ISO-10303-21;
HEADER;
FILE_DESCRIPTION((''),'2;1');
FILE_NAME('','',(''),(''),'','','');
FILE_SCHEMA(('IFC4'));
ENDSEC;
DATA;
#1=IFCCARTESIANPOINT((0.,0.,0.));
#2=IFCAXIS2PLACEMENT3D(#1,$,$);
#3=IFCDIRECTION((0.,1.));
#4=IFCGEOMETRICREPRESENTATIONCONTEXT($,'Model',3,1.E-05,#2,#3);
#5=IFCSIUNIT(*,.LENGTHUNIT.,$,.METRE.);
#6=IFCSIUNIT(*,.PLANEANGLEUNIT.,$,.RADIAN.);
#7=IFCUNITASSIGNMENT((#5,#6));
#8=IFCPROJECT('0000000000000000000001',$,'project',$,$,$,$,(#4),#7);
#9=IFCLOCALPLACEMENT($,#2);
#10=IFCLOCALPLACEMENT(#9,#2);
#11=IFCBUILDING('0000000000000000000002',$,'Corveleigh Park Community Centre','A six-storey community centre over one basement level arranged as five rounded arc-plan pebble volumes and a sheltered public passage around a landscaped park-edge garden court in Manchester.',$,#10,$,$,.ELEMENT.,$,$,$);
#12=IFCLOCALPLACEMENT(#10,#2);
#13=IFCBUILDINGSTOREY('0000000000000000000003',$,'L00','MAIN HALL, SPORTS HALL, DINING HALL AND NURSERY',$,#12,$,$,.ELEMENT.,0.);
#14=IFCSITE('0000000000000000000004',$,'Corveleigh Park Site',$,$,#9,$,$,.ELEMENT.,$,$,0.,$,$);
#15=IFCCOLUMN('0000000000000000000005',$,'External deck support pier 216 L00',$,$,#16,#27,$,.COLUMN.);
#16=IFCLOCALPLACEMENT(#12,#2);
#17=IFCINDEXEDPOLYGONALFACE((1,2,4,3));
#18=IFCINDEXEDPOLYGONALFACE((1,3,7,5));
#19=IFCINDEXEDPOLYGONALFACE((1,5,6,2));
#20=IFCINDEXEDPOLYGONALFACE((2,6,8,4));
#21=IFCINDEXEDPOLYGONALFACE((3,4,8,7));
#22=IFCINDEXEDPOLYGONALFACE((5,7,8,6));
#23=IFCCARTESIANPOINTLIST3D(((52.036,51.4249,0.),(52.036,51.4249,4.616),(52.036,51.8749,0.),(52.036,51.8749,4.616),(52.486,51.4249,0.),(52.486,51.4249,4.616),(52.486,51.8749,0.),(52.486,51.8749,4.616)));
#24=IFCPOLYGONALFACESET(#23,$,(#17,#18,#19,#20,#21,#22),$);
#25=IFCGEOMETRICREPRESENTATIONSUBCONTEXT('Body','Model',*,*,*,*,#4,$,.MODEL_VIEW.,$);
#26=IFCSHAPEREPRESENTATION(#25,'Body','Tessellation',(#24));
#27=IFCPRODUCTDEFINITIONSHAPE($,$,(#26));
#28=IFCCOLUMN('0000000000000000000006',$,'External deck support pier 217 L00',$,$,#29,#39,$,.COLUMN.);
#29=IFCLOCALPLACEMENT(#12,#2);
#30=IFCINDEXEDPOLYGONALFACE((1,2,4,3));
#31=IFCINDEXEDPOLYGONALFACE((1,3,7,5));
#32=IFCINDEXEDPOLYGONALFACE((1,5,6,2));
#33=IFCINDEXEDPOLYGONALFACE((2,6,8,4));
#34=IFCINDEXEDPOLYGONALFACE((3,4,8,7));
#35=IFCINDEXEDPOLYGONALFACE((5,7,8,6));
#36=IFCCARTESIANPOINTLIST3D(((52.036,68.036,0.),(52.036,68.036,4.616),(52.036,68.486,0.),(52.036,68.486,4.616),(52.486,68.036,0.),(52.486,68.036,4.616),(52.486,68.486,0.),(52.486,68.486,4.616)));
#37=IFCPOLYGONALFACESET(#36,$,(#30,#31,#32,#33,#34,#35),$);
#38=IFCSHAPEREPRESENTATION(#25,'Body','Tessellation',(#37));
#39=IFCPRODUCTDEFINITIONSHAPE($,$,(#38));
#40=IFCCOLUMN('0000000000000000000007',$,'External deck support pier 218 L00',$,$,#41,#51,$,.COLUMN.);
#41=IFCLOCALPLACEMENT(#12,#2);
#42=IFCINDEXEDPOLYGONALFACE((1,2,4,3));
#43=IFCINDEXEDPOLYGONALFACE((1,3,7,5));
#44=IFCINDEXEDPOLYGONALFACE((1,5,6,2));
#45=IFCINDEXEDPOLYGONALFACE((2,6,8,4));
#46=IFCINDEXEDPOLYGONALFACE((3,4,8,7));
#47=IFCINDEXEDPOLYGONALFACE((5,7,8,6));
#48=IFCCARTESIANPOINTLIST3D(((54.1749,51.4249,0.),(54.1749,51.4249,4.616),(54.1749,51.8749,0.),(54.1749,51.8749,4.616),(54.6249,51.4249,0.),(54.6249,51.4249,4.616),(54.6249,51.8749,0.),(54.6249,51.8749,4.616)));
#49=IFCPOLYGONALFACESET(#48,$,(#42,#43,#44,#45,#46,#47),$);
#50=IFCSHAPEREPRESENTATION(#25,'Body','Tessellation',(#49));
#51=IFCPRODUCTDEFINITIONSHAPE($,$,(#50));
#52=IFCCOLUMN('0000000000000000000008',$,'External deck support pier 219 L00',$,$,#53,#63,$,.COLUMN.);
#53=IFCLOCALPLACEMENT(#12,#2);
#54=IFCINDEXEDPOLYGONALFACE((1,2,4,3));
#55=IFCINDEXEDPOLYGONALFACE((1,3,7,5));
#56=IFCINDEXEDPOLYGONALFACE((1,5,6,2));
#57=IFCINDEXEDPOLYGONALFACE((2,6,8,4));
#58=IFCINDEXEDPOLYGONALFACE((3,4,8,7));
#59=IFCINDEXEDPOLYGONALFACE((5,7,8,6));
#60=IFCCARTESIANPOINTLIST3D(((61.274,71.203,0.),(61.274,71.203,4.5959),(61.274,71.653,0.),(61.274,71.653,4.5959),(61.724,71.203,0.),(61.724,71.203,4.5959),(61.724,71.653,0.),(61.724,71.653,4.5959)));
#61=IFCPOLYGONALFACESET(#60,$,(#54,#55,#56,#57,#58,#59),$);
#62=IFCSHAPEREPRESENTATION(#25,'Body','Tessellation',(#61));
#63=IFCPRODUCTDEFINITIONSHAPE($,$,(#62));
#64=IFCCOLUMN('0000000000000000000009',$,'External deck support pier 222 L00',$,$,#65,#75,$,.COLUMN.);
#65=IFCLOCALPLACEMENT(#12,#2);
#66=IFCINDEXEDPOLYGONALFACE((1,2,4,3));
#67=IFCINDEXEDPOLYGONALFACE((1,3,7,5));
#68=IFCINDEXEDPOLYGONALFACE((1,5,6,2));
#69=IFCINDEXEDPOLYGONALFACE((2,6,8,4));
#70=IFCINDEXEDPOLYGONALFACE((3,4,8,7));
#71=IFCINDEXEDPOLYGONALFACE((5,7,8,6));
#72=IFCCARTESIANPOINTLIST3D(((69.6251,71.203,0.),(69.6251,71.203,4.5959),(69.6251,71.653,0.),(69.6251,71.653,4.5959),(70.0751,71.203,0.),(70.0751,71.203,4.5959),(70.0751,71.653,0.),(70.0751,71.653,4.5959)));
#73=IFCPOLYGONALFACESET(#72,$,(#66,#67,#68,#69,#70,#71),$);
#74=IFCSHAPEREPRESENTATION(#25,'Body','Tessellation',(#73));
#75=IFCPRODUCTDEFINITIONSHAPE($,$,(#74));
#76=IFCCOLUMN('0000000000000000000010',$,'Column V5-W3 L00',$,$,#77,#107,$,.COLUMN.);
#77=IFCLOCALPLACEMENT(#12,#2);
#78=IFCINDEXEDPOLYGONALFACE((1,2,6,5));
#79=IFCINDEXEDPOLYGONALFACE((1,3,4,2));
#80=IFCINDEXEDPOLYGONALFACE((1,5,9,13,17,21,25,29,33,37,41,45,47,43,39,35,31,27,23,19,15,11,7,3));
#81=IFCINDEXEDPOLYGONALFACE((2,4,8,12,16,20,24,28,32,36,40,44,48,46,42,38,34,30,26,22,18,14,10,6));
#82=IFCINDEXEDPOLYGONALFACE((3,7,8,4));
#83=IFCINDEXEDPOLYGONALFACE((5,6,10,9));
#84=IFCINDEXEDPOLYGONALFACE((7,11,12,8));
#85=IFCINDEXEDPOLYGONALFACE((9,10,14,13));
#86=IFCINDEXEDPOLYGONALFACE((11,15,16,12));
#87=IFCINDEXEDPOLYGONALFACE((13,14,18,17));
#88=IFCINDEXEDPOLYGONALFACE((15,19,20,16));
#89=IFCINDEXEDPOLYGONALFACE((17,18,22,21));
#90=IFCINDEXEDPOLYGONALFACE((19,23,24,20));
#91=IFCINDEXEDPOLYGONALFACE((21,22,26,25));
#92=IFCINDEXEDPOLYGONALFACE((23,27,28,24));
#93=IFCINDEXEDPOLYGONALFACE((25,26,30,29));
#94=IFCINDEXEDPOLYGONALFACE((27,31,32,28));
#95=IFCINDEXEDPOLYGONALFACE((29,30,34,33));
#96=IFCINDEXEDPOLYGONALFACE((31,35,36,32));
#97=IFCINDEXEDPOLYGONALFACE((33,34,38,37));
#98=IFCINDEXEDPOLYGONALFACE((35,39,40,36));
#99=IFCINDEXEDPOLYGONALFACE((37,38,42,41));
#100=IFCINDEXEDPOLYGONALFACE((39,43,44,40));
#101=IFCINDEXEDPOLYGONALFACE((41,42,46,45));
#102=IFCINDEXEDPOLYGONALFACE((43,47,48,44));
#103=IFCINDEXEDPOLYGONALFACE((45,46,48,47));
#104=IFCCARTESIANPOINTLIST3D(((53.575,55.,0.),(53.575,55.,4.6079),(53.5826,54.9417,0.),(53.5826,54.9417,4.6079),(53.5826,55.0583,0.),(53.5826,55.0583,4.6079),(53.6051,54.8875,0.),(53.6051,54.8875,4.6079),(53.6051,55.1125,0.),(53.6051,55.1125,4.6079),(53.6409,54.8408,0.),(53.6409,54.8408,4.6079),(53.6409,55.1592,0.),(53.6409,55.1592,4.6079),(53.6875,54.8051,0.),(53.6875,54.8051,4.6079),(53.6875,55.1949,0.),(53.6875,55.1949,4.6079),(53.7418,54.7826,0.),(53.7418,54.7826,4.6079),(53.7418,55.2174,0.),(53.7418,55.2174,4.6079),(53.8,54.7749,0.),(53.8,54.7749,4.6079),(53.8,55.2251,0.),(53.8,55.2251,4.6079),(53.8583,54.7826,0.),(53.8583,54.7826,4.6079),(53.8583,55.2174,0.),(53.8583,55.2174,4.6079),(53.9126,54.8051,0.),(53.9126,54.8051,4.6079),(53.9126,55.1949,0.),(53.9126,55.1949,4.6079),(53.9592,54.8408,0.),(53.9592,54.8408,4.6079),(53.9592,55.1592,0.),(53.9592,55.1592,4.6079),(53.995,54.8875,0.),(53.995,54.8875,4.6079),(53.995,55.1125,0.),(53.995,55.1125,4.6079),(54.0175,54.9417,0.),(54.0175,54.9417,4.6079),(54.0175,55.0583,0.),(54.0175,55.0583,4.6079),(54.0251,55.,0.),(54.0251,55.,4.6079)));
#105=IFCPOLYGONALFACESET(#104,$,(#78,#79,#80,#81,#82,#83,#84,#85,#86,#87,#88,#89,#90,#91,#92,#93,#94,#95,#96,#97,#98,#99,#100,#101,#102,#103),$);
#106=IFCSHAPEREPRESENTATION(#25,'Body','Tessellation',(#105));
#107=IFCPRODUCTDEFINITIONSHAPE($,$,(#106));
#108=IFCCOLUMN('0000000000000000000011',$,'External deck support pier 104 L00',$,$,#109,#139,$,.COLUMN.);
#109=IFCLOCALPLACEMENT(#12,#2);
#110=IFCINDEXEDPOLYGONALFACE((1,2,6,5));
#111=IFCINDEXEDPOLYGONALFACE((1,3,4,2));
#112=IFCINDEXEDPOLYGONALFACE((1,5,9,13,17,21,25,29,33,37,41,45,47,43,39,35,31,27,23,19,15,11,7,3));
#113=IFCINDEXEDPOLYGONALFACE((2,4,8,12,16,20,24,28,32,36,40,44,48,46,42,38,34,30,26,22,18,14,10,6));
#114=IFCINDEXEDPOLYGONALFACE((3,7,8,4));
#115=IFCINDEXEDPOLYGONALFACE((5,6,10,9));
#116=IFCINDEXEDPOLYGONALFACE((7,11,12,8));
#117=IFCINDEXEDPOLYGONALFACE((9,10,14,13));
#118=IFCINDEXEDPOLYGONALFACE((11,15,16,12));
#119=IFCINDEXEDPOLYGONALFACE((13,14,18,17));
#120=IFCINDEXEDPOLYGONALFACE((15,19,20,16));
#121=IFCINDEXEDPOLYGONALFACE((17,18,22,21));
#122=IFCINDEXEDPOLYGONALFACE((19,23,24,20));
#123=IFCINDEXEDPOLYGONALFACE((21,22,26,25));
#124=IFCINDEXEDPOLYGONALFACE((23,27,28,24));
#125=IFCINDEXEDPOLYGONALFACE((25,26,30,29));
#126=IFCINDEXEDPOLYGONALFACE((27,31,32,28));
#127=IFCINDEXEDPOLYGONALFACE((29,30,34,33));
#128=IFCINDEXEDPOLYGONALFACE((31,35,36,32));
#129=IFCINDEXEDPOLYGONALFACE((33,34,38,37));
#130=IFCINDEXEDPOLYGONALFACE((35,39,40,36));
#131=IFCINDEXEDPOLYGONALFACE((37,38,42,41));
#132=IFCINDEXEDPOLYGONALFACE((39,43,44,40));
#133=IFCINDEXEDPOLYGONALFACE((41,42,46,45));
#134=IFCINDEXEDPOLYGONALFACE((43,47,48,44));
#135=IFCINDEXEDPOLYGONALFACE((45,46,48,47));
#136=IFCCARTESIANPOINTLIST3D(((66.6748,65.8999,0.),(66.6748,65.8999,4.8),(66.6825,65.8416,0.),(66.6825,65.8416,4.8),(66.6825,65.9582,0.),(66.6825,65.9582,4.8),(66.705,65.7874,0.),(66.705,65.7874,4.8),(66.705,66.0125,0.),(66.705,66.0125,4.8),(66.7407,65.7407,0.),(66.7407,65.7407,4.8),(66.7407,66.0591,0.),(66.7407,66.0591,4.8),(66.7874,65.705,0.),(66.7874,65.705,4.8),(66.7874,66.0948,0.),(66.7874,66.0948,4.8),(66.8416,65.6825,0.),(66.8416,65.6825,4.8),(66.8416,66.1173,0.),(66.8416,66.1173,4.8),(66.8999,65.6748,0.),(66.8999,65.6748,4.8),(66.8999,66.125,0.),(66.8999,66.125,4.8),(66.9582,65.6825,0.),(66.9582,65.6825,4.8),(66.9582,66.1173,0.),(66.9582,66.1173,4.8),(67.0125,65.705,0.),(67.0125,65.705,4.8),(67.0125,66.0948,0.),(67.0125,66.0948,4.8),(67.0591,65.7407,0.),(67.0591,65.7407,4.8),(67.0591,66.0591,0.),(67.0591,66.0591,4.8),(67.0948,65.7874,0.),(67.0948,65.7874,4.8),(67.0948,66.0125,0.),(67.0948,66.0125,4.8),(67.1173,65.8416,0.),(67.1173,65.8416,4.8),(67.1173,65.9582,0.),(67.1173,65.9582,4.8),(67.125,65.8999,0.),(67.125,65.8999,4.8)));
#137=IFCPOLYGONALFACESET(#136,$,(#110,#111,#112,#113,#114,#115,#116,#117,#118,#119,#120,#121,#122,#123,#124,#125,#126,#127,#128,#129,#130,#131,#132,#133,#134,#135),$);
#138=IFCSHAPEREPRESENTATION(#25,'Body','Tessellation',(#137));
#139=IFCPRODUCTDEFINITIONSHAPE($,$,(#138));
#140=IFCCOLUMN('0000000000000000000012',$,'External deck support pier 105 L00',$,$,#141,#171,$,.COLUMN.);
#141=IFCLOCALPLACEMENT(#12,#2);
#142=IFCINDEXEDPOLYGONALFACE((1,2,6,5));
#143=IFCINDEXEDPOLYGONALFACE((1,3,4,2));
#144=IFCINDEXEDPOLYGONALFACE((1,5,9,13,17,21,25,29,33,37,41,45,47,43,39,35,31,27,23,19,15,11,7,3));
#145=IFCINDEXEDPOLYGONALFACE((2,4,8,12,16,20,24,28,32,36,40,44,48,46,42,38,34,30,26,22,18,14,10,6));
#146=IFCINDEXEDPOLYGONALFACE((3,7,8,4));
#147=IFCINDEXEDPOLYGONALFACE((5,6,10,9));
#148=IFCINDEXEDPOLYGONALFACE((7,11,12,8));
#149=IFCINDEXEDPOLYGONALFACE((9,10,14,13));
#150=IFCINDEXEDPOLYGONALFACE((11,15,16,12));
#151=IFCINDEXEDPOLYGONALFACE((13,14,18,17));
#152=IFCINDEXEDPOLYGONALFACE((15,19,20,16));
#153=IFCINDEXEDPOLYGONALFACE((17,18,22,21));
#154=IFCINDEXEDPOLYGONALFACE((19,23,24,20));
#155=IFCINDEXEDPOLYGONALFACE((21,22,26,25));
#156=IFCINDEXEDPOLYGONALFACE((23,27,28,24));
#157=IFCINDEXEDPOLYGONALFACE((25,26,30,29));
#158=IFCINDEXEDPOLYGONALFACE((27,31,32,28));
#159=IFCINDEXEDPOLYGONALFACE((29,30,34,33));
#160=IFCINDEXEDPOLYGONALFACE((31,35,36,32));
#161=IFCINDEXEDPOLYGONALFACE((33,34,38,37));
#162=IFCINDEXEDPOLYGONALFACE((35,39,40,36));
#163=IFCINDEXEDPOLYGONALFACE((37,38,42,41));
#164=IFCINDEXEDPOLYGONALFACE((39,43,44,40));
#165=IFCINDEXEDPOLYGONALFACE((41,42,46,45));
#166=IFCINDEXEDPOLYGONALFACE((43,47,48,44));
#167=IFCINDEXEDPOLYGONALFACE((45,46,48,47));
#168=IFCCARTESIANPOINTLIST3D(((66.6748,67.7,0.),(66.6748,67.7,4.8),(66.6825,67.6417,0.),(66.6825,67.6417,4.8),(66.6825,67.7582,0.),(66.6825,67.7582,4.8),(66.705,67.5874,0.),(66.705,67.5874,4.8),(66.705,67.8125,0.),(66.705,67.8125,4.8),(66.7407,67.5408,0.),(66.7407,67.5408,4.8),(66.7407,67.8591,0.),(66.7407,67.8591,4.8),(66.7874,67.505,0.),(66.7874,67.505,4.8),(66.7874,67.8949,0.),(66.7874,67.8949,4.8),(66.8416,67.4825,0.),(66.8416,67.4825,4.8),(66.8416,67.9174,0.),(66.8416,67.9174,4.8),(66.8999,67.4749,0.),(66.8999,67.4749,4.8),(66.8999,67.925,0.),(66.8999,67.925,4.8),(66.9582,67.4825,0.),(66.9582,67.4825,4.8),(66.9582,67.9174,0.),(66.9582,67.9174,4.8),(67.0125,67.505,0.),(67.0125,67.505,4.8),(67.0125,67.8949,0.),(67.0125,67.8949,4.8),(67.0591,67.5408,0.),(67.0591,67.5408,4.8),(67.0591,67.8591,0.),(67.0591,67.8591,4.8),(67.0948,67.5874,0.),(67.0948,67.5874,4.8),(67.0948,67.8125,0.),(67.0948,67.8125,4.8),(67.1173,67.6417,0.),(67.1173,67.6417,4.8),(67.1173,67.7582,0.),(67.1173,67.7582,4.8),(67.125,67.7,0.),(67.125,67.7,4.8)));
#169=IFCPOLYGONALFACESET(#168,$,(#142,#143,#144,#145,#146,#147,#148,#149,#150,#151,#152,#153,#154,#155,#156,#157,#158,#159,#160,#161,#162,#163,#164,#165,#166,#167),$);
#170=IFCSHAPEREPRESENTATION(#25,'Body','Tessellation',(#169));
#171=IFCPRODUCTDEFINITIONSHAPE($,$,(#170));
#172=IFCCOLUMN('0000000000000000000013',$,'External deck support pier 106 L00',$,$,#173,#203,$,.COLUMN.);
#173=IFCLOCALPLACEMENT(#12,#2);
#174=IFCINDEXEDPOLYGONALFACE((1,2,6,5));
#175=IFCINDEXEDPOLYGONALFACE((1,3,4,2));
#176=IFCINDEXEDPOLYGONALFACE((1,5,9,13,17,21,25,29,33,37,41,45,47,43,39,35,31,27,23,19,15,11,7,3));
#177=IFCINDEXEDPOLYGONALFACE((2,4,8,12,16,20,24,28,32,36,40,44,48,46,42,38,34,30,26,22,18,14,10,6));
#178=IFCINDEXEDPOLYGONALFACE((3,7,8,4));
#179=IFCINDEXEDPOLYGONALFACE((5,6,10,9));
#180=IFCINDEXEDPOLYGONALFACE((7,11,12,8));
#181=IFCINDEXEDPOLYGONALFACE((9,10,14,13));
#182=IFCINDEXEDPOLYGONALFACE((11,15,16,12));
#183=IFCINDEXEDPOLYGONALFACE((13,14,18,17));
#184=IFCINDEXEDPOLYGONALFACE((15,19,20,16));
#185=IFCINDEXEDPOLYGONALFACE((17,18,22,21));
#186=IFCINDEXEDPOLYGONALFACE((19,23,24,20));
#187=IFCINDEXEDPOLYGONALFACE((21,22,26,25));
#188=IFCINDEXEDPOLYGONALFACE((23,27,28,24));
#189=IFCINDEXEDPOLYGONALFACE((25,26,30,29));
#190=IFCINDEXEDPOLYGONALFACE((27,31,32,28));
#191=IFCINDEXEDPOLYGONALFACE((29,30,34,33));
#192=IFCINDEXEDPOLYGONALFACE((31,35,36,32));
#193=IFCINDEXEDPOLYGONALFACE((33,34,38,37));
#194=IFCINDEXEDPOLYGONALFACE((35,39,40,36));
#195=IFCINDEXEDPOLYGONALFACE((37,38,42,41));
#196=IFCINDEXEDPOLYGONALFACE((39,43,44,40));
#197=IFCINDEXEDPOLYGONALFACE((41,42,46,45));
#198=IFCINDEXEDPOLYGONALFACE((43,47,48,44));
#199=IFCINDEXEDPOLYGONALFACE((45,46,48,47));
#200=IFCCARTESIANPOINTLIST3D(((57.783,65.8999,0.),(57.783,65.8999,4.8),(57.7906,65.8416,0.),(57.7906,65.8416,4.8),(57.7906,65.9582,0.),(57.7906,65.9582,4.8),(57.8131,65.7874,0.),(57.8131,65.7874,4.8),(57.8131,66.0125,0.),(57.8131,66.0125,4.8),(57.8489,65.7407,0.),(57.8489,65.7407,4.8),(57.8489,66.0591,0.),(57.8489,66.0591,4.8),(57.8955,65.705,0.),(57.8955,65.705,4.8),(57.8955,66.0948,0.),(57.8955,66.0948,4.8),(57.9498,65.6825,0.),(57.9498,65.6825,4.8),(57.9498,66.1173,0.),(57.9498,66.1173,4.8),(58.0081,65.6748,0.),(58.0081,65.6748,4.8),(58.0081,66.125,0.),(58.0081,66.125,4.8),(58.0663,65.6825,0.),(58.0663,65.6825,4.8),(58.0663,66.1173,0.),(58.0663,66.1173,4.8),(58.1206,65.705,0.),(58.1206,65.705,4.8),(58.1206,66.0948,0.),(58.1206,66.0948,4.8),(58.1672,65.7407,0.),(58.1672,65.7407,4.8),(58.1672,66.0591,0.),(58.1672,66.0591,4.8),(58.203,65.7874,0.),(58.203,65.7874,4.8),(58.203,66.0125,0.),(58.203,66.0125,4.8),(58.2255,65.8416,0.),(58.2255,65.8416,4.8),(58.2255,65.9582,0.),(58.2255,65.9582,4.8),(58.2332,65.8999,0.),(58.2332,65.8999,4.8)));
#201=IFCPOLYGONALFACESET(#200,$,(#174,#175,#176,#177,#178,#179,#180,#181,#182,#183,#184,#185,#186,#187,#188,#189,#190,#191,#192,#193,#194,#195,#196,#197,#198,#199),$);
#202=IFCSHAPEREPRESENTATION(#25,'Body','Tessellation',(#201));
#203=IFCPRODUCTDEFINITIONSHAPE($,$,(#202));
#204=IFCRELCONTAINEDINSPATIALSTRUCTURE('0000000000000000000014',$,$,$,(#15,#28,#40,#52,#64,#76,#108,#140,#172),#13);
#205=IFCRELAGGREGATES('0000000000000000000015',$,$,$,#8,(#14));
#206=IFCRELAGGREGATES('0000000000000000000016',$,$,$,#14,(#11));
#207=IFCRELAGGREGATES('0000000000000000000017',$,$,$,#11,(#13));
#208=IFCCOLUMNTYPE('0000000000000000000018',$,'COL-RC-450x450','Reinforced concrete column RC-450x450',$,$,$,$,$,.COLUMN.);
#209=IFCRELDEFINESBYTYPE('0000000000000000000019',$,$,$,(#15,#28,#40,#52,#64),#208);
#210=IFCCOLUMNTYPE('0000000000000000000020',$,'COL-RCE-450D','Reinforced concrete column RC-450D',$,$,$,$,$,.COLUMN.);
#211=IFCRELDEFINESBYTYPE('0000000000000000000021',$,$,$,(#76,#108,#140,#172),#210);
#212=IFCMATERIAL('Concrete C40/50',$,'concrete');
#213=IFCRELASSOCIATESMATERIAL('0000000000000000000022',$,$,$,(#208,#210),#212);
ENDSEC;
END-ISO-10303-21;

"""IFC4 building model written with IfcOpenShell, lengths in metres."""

from ifc_helpers import new_model, si_unit, direction, frame, origin, origin_2d, place, context, subcontext, project, spatial, rectangle, circle, extrude, material, material_profile, profile_set, type_object, element, save


model = new_model("IFC4")

# Units and contexts
model_context = context("Model", 3, precision=1e-05, world=origin(), true_north=direction((0.0, 1.0)))
body_context = subcontext(model_context, "Body", "Model", "MODEL_VIEW")
ifc_project = project(units=[si_unit("LENGTHUNIT", "METRE"), si_unit("PLANEANGLEUNIT", "RADIAN")], contexts=[model_context])

# Site, building, storey
site_placement = place(None, origin())
site = spatial("IfcSite", under=ifc_project, at=site_placement, Name="Corveleigh Park Site", CompositionType="ELEMENT", RefElevation=0.0)
building_placement = place(site_placement, origin())
building = spatial("IfcBuilding", under=site, at=building_placement, Name="Corveleigh Park Community Centre", Description="A six-storey community centre over one basement level arranged as five rounded arc-plan pebble volumes and a sheltered public passage around a landscaped park-edge garden court in Manchester.", CompositionType="ELEMENT")
storey_placement = place(building_placement, origin())
storey = spatial("IfcBuildingStorey", under=building, at=storey_placement, Name="L00", Description="MAIN HALL, SPORTS HALL, DINING HALL AND NURSERY", CompositionType="ELEMENT", Elevation=0.0)

# Columns
ifc_material_1 = material(Name="Concrete C40/50", Category="concrete")
ifc_material_profile_1 = material_profile(ifc_material_1, rectangle(XDim=0.45, YDim=0.45, at=origin_2d()), Name="RC-450x450", Category="concrete")
ifc_profile_set_1 = profile_set([ifc_material_profile_1], Name="Concrete C40/50")
column_type_1 = type_object("IfcColumnType", Name="COL-RC-450x450", Description="Reinforced concrete column RC-450x450", PredefinedType="COLUMN", material=ifc_profile_set_1)
for number, where, z_axis, x_axis, name in (
    (1, (52.261, 51.6499, 0.0), (0.0, 0.0, 1.0), (1.0, 0.0, 0.0), "External deck support pier 216 L00"),
    (2, (52.261, 68.261, 0.0), (0.0, 0.0, 1.0), (1.0, 0.0, 0.0), "External deck support pier 217 L00"),
    (3, (54.3999, 51.6499, 0.0), (0.0, 0.0, 1.0), (1.0, 0.0, 0.0), "External deck support pier 218 L00"),
):
    element("IfcColumn", number, at=place(storey_placement, frame(where, z_axis=z_axis, x_axis=x_axis)), inside=storey, type_object=column_type_1, Name=name, PredefinedType="COLUMN", context=body_context, shape_type="SweptSolid", body=[
        extrude(rectangle(XDim=0.45, YDim=0.45, at=origin_2d()), origin(), (0.0, 0.0, 1.0), 4.616),
    ])
for number, where, z_axis, x_axis, name in (
    (4, (61.499, 71.428, 0.0), (0.0, 0.0, 1.0), (1.0, 0.0, 0.0), "External deck support pier 219 L00"),
    (5, (69.8501, 71.428, 0.0), (0.0, 0.0, 1.0), (1.0, 0.0, 0.0), "External deck support pier 222 L00"),
):
    element("IfcColumn", number, at=place(storey_placement, frame(where, z_axis=z_axis, x_axis=x_axis)), inside=storey, type_object=column_type_1, Name=name, PredefinedType="COLUMN", context=body_context, shape_type="SweptSolid", body=[
        extrude(rectangle(XDim=0.45, YDim=0.45, at=origin_2d()), origin(), (0.0, 0.0, 1.0), 4.5959),
    ])
ifc_material_profile_2 = material_profile(ifc_material_1, circle(Radius=0.2251, at=origin_2d()), Name="RC-450D", Category="concrete")
ifc_profile_set_2 = profile_set([ifc_material_profile_2], Name="Concrete C40/50")
column_type_2 = type_object("IfcColumnType", Name="COL-RCE-450D", Description="Reinforced concrete column RC-450D", PredefinedType="COLUMN", material=ifc_profile_set_2)
column_1_placement = place(storey_placement, frame((53.8, 55.0, 0.0), z_axis=(0.0, 0.0, 1.0), x_axis=(1.0, 0.0, 0.0)))
element("IfcColumn", 6, at=column_1_placement, inside=storey, type_object=column_type_2, Name="Column V5-W3 L00", PredefinedType="COLUMN", context=body_context, shape_type="SweptSolid", body=[
    extrude(circle(Radius=0.2251, at=origin_2d()), origin(), (0.0, 0.0, 1.0), 4.6079),
])
for number, where, z_axis, x_axis, name in (
    (7, (66.8999, 65.8999, 0.0), (0.0, 0.0, 1.0), (1.0, 0.0, 0.0), "External deck support pier 104 L00"),
    (8, (66.8999, 67.7, 0.0), (0.0, 0.0, 1.0), (1.0, 0.0, 0.0), "External deck support pier 105 L00"),
    (9, (58.0081, 65.8999, 0.0), (0.0, 0.0, 1.0), (1.0, 0.0, 0.0), "External deck support pier 106 L00"),
):
    element("IfcColumn", number, at=place(storey_placement, frame(where, z_axis=z_axis, x_axis=x_axis)), inside=storey, type_object=column_type_2, Name=name, PredefinedType="COLUMN", context=body_context, shape_type="SweptSolid", body=[
        extrude(circle(Radius=0.2251, at=origin_2d()), origin(), (0.0, 0.0, 1.0), 4.8),
    ])

save(model, "model.ifc")
